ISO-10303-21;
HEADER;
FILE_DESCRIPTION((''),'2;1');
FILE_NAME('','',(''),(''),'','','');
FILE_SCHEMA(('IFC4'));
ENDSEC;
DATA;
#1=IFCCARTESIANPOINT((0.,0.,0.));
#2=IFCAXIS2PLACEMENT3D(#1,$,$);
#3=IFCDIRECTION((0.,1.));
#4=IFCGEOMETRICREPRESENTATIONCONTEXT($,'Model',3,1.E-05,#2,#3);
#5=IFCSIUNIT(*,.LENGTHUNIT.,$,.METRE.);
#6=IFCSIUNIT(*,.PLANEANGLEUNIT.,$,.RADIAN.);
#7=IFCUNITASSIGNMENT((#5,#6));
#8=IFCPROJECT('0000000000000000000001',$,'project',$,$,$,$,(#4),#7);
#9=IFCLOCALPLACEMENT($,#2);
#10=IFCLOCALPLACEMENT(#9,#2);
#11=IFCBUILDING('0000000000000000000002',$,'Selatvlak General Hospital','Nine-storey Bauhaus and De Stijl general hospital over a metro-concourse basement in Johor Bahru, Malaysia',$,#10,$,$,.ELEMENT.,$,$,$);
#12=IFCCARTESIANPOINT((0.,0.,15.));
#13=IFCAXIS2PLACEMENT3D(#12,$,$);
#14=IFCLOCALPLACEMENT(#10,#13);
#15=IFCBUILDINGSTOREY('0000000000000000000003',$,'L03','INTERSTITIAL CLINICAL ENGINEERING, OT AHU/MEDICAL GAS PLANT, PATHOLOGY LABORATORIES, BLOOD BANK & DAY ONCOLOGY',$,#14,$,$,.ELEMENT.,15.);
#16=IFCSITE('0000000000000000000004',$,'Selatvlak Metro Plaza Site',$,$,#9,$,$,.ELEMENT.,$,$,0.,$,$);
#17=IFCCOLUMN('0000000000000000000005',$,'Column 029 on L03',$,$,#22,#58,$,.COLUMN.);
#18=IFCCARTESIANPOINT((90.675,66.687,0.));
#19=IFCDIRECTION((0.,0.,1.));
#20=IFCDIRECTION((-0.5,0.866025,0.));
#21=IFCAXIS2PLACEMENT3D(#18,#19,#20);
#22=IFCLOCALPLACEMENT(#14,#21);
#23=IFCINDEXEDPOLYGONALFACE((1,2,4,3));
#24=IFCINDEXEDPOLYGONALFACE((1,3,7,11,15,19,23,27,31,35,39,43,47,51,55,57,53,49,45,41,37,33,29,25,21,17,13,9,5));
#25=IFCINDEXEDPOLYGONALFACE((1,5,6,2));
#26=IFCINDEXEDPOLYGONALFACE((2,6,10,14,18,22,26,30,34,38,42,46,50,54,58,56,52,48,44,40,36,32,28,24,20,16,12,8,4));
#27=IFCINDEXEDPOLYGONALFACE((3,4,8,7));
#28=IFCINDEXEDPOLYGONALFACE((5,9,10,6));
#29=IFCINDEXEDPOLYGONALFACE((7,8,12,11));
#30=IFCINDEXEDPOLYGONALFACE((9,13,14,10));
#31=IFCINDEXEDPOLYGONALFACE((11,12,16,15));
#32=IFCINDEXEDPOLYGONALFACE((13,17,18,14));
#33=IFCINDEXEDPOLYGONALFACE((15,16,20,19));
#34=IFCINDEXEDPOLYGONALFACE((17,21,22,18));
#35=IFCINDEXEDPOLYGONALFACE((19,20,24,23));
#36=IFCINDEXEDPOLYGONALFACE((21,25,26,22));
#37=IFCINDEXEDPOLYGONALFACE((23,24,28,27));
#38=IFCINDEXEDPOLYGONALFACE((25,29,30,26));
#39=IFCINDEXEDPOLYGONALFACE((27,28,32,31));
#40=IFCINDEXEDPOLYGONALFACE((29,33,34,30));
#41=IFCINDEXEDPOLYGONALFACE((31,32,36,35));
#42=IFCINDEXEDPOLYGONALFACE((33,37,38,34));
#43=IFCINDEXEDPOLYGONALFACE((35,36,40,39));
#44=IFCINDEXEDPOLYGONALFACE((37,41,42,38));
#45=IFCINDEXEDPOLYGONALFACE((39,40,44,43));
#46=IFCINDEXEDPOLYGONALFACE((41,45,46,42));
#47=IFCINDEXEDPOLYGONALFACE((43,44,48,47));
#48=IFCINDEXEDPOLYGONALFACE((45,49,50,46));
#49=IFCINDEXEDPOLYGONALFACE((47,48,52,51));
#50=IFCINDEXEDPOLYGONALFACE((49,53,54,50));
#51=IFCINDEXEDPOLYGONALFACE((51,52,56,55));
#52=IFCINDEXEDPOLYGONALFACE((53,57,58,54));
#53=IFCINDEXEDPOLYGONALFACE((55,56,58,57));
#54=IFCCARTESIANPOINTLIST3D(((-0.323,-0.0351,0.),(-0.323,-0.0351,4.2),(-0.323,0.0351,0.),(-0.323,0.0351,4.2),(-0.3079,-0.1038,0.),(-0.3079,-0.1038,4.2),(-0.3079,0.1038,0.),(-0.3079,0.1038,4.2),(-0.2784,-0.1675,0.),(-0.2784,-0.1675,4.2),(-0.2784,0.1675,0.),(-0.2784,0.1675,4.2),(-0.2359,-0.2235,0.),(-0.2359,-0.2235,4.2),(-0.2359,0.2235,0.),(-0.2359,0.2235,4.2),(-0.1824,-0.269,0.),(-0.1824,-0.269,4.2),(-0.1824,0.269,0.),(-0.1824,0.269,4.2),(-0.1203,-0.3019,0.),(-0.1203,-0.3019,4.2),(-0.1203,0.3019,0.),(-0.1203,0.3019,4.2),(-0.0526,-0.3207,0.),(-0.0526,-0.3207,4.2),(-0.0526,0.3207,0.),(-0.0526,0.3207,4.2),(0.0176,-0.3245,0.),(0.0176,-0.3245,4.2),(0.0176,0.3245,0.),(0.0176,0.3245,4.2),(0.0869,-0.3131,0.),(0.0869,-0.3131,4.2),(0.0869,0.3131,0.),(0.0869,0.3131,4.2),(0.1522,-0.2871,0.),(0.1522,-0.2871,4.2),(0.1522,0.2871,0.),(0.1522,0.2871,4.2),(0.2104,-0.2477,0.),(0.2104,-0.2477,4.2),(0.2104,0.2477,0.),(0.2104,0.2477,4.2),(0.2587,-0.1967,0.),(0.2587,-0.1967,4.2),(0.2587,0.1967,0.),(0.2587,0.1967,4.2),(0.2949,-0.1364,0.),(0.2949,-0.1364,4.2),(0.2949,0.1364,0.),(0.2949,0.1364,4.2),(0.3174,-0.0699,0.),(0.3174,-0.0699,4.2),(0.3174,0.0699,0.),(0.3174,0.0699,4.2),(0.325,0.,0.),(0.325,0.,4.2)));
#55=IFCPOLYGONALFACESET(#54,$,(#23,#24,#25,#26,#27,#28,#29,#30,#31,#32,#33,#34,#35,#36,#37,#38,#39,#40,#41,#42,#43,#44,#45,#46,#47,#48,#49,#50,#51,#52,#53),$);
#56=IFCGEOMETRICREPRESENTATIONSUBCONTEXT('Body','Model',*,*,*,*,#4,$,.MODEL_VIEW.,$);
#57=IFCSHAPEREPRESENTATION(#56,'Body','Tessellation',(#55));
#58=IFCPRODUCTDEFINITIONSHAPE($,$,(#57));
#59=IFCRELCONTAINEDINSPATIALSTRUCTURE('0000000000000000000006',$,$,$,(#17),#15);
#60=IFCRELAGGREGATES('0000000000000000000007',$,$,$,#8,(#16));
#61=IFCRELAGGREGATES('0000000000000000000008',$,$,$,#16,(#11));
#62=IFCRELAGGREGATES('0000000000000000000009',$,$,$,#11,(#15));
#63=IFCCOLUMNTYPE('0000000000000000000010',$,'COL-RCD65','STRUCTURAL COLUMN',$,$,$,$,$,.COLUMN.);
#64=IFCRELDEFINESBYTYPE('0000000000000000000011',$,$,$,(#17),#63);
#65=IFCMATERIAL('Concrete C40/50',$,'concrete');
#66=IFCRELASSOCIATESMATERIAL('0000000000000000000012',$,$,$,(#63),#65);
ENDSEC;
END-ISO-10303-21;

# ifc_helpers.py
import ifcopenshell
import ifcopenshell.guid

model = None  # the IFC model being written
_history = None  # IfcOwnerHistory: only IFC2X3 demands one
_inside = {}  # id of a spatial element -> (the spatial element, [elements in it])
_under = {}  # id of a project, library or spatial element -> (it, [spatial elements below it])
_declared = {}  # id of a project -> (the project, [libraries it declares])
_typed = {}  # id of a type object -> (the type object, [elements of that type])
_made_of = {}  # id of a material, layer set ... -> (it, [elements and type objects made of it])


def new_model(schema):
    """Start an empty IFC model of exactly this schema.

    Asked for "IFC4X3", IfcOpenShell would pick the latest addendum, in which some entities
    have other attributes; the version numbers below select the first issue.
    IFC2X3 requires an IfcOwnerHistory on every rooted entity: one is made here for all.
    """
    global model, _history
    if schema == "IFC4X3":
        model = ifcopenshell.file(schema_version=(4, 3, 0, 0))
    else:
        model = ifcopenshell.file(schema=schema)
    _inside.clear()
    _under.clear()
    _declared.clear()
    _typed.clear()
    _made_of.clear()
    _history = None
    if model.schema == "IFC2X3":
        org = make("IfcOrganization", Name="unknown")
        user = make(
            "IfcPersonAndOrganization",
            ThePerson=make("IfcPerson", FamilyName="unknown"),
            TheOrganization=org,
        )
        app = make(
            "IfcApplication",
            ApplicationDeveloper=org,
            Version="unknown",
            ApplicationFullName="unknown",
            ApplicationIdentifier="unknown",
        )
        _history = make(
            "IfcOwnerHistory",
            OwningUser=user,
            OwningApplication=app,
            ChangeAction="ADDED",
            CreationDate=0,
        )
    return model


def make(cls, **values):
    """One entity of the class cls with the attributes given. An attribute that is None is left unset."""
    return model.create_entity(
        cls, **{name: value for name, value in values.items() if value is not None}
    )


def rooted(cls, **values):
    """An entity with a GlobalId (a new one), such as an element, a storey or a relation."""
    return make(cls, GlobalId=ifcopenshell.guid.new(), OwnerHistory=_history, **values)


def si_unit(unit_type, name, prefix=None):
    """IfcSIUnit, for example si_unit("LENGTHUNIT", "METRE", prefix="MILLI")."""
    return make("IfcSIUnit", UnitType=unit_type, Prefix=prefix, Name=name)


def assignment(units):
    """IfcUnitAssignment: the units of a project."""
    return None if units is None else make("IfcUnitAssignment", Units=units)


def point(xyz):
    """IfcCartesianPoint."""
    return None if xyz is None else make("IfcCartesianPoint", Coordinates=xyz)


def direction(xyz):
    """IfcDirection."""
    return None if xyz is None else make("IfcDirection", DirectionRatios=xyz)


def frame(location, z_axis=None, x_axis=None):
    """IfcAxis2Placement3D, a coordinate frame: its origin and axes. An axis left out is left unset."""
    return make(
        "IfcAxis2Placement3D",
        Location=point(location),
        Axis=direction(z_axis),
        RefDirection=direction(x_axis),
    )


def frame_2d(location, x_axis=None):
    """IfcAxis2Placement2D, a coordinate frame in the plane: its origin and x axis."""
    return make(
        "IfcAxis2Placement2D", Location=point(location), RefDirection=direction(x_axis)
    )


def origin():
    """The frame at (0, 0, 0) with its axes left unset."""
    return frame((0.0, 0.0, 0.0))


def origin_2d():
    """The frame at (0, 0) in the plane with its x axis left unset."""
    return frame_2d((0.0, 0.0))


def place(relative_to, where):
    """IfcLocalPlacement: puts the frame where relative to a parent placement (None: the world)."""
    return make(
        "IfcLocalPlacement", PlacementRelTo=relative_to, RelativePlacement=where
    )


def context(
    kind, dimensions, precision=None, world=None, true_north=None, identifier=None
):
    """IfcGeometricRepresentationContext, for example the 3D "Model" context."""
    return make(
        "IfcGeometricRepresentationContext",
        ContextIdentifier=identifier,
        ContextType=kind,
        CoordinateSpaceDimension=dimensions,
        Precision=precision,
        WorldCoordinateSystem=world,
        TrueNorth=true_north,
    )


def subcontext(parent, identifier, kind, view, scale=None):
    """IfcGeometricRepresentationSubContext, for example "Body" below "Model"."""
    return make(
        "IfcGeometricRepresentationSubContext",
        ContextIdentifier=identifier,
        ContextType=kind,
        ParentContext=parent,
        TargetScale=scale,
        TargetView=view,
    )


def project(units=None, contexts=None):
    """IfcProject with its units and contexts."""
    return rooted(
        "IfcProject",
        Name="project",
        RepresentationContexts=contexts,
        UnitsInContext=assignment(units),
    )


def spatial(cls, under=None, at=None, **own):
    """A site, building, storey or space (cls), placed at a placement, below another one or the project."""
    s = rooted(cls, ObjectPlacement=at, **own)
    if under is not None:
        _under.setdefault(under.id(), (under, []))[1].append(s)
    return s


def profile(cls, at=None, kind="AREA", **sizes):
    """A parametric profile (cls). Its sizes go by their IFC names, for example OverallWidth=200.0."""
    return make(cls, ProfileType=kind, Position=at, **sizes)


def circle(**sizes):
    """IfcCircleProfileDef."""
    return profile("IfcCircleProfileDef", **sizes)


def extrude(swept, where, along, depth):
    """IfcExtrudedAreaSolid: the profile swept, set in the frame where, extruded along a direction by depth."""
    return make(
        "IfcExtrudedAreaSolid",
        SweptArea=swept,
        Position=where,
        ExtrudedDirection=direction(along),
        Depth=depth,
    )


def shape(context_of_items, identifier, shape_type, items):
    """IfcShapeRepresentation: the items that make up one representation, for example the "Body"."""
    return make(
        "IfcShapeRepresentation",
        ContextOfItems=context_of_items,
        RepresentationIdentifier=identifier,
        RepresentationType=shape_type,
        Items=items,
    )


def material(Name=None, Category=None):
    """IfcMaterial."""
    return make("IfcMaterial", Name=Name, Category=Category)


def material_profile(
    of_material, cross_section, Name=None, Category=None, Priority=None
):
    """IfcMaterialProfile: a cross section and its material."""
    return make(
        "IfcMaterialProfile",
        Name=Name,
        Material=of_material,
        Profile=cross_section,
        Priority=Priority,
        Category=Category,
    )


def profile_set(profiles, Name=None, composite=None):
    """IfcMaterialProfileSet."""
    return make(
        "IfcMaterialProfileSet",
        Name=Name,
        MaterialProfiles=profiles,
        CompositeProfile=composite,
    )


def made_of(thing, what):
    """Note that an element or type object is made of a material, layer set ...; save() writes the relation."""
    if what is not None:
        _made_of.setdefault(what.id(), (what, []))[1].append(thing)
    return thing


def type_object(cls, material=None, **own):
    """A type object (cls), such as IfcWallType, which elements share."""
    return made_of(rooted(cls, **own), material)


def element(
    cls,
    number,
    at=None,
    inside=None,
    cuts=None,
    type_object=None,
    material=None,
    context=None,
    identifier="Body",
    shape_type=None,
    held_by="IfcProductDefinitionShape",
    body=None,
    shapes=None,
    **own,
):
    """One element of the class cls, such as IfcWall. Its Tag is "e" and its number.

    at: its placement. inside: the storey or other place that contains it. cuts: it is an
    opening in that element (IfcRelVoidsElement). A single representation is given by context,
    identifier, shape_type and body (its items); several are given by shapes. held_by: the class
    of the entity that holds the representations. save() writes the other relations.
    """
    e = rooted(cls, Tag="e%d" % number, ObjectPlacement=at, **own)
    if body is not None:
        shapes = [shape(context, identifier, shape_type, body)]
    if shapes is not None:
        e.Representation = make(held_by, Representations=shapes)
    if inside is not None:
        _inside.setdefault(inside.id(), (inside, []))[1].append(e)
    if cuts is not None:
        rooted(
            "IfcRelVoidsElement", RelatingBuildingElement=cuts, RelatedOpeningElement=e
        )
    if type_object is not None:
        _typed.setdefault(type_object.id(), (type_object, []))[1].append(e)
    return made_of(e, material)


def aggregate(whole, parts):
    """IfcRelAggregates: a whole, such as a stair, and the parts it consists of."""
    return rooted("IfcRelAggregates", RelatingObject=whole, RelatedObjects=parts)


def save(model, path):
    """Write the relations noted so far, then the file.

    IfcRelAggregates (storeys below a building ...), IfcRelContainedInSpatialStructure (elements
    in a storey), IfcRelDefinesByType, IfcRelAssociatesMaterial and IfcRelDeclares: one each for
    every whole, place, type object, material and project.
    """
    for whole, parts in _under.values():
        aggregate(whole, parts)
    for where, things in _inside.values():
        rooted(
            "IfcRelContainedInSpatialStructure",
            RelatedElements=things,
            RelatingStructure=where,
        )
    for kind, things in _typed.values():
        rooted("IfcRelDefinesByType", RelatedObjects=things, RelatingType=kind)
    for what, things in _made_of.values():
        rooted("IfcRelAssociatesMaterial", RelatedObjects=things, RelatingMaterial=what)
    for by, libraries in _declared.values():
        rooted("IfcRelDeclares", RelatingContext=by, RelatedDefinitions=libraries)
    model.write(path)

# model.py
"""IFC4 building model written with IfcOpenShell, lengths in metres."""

from ifc_helpers import new_model, si_unit, direction, frame, origin, origin_2d, place, context, subcontext, project, spatial, circle, extrude, material, material_profile, profile_set, type_object, element, save


model = new_model("IFC4")

# Units and contexts
model_context = context("Model", 3, precision=1e-05, world=origin(), true_north=direction((0.0, 1.0)))
body_context = subcontext(model_context, "Body", "Model", "MODEL_VIEW")
ifc_project = project(units=[si_unit("LENGTHUNIT", "METRE"), si_unit("PLANEANGLEUNIT", "RADIAN")], contexts=[model_context])

# Site, building, storey
site_placement = place(None, origin())
site = spatial("IfcSite", under=ifc_project, at=site_placement, Name="Selatvlak Metro Plaza Site", CompositionType="ELEMENT", RefElevation=0.0)
building_placement = place(site_placement, origin())
building = spatial("IfcBuilding", under=site, at=building_placement, Name="Selatvlak General Hospital", Description="Nine-storey Bauhaus and De Stijl general hospital over a metro-concourse basement in Johor Bahru, Malaysia", CompositionType="ELEMENT")
storey_placement = place(building_placement, frame((0.0, 0.0, 15.0)))
storey = spatial("IfcBuildingStorey", under=building, at=storey_placement, Name="L03", Description="INTERSTITIAL CLINICAL ENGINEERING, OT AHU/MEDICAL GAS PLANT, PATHOLOGY LABORATORIES, BLOOD BANK & DAY ONCOLOGY", CompositionType="ELEMENT", Elevation=15.0)

# Column
ifc_material_1 = material(Name="Concrete C40/50", Category="concrete")
ifc_material_profile_1 = material_profile(ifc_material_1, circle(Radius=0.325, at=origin_2d()), Name="RC-COL D650")
ifc_profile_set_1 = profile_set([ifc_material_profile_1], Name="Concrete C40/50")
column_type = type_object("IfcColumnType", Name="COL-RCD65", Description="STRUCTURAL COLUMN", PredefinedType="COLUMN", material=ifc_profile_set_1)
column_placement = place(storey_placement, frame((90.675, 66.687, 0.0), z_axis=(0.0, 0.0, 1.0), x_axis=(-0.5, 0.866025, 0.0)))
element("IfcColumn", 1, at=column_placement, inside=storey, type_object=column_type, Name="Column 029 on L03", PredefinedType="COLUMN", context=body_context, shape_type="SweptSolid", body=[
    extrude(circle(Radius=0.325, at=origin_2d()), origin(), (0.0, 0.0, 1.0), 4.2),
])

save(model, "model.ifc")
